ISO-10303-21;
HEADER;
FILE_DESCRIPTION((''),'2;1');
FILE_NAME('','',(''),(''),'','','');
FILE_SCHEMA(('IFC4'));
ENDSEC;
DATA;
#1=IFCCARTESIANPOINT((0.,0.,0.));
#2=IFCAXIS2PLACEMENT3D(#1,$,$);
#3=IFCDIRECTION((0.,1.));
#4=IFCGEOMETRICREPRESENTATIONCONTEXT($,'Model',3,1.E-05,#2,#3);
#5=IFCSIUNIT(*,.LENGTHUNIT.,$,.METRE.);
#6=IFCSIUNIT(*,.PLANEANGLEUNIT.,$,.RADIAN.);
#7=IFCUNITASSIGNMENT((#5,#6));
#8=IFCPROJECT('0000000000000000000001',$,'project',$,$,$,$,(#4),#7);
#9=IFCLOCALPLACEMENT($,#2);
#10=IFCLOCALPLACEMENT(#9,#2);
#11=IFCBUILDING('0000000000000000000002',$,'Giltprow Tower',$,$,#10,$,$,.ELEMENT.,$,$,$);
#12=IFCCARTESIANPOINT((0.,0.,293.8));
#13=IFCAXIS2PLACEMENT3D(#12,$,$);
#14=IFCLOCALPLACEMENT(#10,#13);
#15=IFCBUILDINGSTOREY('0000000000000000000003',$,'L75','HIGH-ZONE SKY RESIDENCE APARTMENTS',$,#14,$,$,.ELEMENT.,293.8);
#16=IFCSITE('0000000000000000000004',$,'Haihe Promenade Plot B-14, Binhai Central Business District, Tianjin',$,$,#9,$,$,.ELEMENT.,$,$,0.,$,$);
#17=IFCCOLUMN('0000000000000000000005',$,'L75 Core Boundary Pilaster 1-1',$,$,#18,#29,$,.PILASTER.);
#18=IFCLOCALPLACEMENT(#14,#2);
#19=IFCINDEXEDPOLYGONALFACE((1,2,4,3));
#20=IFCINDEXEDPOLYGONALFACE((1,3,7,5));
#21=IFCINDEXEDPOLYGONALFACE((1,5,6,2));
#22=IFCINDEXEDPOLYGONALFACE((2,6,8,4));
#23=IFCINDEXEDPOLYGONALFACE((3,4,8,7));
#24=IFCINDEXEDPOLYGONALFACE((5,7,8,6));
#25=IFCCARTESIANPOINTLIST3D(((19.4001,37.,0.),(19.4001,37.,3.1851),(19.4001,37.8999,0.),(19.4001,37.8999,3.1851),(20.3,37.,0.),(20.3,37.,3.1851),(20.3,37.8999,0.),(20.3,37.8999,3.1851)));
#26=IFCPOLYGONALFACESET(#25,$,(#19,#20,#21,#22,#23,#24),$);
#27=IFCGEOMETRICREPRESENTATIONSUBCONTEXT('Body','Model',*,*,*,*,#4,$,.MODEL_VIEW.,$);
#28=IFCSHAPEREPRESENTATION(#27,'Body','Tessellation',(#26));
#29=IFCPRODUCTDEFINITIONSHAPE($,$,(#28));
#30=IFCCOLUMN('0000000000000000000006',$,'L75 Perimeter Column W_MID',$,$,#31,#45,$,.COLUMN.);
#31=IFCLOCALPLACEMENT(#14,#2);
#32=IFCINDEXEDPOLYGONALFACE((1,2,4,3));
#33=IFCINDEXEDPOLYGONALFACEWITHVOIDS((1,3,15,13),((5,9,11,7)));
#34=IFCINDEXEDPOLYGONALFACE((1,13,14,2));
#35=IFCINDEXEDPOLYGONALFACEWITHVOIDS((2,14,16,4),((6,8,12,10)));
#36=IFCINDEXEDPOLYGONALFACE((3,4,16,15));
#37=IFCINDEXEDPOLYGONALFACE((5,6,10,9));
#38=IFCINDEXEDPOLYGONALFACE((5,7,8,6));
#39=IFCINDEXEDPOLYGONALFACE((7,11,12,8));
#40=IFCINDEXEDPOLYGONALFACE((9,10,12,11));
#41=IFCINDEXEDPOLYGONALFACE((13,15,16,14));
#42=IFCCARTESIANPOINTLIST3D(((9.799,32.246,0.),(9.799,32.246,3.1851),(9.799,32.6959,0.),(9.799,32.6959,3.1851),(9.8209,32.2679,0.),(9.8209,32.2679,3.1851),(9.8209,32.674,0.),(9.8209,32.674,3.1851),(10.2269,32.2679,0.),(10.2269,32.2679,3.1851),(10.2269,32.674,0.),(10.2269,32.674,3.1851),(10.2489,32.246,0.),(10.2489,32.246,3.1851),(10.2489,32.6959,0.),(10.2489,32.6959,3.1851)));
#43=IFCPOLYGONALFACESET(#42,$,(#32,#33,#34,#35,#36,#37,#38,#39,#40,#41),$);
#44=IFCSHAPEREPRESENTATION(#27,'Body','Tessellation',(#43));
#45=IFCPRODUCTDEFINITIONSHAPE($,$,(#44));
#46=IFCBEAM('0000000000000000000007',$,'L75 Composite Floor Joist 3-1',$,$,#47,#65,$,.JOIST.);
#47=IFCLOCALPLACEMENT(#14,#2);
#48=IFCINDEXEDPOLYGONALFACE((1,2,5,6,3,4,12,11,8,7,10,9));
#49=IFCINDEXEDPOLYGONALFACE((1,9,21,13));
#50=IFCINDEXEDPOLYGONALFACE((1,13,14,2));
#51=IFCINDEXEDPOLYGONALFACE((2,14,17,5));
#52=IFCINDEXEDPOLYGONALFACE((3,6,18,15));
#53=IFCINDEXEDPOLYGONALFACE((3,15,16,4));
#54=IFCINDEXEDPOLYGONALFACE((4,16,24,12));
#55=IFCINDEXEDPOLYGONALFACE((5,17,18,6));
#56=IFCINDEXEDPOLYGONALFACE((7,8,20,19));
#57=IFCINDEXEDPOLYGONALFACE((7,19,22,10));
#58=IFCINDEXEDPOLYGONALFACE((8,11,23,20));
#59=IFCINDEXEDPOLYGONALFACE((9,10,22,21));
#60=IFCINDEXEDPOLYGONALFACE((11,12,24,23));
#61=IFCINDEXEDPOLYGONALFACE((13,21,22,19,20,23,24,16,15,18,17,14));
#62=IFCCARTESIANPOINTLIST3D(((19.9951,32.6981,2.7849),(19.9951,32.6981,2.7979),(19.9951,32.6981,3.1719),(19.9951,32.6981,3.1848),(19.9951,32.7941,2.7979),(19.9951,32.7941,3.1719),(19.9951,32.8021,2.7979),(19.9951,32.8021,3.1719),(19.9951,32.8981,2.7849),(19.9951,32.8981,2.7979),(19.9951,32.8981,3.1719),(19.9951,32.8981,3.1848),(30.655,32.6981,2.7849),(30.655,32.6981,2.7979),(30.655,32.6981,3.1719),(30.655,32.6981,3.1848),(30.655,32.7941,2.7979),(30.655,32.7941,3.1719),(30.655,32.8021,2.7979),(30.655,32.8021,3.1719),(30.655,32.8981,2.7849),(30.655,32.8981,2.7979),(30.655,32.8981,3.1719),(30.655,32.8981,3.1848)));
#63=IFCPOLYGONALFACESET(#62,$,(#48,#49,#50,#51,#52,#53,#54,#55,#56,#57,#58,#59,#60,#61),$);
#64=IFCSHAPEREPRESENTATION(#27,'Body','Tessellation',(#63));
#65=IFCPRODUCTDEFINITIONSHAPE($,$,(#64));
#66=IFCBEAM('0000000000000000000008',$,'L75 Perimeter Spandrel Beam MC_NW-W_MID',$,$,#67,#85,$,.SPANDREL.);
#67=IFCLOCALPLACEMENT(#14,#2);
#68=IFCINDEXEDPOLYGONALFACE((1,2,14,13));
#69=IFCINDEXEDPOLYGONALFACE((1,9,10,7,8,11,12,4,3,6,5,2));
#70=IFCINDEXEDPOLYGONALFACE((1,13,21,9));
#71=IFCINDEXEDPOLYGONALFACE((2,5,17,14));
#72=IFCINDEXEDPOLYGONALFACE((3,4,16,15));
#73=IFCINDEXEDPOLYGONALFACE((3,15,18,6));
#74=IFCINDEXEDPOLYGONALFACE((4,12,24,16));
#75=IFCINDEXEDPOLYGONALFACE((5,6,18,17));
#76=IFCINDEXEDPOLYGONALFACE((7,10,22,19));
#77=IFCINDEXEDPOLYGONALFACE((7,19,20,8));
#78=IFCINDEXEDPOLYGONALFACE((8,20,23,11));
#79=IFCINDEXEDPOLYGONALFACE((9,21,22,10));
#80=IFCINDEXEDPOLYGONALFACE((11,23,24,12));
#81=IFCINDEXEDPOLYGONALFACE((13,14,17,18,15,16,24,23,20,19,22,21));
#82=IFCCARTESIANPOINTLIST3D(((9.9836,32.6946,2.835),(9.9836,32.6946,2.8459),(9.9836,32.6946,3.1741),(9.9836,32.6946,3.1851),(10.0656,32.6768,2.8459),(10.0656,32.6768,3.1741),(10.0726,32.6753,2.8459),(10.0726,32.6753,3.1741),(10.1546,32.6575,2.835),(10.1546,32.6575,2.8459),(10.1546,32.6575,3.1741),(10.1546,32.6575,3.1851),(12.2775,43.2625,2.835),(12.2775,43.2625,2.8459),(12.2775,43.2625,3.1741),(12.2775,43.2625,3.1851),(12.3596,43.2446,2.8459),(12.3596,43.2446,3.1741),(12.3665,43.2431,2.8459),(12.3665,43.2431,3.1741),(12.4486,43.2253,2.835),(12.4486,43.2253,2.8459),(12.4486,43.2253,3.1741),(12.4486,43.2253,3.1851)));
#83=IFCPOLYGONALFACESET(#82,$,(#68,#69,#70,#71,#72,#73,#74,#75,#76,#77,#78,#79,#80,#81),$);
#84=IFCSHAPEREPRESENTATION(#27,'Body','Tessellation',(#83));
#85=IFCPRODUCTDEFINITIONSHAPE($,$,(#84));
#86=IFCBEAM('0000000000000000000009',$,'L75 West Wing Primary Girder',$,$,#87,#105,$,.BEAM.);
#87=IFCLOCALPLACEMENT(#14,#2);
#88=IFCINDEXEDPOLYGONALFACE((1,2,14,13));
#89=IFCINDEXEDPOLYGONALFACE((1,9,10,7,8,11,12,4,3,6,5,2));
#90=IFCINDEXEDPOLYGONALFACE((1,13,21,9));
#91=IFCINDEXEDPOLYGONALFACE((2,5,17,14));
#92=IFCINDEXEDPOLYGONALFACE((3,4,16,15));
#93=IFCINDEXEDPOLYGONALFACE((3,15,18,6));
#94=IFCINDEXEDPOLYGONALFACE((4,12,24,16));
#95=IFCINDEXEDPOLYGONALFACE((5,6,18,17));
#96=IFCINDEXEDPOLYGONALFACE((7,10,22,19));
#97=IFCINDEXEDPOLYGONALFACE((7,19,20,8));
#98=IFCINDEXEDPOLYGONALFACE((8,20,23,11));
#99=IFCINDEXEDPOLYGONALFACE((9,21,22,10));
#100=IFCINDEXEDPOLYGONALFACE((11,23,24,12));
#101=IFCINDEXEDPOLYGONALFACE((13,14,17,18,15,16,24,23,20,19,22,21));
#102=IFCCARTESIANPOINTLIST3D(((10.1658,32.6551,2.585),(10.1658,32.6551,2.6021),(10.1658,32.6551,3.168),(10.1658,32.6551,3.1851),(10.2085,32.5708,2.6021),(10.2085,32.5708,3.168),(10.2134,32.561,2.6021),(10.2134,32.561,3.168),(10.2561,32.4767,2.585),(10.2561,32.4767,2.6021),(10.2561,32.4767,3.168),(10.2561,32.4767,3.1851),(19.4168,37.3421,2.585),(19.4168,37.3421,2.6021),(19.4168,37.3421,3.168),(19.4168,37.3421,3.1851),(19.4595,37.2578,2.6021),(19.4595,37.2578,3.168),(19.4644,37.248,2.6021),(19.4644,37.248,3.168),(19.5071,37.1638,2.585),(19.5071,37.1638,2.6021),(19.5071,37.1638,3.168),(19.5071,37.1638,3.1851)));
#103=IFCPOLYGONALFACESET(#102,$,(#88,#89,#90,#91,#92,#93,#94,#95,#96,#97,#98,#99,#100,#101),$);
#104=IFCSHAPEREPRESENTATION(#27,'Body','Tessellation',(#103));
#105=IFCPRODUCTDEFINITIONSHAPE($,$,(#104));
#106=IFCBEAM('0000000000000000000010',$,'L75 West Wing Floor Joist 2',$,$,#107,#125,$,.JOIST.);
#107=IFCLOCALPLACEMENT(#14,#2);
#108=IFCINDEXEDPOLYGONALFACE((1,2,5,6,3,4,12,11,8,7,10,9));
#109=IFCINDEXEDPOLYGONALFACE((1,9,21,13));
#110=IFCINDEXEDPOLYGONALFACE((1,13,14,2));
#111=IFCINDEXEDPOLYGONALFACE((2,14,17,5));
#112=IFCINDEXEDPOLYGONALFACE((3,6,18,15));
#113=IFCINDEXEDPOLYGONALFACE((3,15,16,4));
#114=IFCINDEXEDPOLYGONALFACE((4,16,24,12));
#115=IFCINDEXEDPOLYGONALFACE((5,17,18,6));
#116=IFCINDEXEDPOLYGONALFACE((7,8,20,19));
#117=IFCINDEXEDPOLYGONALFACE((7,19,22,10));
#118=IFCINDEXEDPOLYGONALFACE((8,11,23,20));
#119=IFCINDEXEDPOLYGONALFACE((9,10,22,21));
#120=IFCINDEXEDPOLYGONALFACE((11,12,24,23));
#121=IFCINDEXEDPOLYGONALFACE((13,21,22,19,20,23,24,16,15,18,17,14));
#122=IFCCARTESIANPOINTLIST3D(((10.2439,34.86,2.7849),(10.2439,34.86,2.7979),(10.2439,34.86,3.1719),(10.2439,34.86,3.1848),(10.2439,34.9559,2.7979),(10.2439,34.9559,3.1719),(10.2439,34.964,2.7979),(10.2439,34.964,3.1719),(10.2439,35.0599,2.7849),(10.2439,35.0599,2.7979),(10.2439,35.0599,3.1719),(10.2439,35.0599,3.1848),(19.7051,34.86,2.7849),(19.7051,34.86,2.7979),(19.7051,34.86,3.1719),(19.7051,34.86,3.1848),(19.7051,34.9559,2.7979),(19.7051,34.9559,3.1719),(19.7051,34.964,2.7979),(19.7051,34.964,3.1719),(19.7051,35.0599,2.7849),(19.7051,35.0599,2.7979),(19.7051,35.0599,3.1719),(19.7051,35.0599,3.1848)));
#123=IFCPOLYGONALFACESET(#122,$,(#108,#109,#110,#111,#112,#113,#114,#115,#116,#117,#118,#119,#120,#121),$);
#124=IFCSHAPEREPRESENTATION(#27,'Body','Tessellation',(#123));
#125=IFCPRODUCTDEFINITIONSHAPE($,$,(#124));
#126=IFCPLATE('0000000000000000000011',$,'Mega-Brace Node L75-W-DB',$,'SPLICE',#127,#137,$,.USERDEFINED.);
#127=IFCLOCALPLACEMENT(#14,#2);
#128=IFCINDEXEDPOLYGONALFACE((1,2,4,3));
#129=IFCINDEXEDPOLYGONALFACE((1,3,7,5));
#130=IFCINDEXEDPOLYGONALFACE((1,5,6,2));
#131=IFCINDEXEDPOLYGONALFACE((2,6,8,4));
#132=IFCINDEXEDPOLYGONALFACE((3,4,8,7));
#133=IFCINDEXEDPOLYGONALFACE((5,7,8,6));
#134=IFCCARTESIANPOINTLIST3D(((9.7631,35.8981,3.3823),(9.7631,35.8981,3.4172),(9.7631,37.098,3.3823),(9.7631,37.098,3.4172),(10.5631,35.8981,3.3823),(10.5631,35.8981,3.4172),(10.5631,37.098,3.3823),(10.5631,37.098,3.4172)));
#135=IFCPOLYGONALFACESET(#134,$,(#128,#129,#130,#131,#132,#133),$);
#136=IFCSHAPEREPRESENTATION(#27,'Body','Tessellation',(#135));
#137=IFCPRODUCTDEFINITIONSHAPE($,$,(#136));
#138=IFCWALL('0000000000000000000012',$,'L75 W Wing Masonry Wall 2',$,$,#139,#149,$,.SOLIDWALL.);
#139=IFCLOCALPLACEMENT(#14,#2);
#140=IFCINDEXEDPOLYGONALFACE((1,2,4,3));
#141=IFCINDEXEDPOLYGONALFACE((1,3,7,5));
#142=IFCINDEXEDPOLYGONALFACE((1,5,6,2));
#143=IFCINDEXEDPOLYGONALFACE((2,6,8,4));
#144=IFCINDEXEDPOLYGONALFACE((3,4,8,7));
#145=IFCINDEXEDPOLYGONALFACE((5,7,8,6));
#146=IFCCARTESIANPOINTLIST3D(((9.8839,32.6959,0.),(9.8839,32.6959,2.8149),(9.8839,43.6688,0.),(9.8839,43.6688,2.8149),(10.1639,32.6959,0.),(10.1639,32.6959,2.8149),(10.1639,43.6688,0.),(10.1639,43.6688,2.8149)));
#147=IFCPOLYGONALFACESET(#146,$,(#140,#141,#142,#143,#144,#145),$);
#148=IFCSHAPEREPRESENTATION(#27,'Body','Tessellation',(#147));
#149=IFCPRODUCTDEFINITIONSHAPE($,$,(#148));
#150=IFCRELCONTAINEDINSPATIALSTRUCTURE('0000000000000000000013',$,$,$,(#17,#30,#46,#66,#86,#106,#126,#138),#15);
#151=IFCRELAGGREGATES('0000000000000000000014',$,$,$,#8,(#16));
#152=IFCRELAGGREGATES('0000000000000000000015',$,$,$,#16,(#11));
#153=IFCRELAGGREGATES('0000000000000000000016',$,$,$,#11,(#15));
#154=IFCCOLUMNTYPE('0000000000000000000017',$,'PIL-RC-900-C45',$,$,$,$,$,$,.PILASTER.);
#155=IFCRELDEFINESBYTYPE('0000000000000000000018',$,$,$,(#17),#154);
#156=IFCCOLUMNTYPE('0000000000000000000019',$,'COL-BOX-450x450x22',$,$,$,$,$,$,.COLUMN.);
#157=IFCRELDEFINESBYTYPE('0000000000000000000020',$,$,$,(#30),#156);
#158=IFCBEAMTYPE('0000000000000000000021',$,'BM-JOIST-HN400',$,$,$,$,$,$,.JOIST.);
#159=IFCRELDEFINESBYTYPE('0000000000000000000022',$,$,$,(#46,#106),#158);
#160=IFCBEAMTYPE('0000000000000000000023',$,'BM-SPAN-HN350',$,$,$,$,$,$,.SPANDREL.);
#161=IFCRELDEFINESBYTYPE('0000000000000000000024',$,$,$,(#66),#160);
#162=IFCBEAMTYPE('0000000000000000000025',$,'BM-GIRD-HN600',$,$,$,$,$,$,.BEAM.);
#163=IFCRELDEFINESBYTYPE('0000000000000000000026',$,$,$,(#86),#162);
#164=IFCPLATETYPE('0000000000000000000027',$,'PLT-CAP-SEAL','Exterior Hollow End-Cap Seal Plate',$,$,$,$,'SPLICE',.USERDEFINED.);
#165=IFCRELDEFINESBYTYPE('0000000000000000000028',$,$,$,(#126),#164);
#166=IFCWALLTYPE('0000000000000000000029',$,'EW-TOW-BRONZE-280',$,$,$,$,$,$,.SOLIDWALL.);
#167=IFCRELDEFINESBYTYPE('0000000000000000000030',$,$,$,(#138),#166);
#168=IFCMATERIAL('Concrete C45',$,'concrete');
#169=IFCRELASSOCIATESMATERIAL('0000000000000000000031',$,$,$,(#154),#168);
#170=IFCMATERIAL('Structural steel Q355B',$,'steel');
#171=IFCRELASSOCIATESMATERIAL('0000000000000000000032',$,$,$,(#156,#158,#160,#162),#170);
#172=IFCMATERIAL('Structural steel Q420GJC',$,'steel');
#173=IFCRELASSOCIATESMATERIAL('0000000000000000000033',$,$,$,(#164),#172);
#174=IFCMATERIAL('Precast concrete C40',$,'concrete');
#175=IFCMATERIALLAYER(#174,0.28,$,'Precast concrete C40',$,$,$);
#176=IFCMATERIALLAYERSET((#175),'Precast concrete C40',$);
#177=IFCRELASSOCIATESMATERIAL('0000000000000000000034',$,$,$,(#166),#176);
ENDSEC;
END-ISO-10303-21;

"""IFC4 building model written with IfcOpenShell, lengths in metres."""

from ifc_helpers import new_model, si_unit, direction, frame, frame_2d, origin, origin_2d, place, context, subcontext, project, spatial, rectangle, hollow_rectangle, i_section, extrude, source, transform, mapped, material, layer, layer_set, material_profile, profile_set, type_object, element, save


model = new_model("IFC4")

# Units and contexts
model_context = context("Model", 3, precision=1e-05, world=origin(), true_north=direction((0.0, 1.0)))
body_context = subcontext(model_context, "Body", "Model", "MODEL_VIEW")
ifc_project = project(units=[si_unit("LENGTHUNIT", "METRE"), si_unit("PLANEANGLEUNIT", "RADIAN")], contexts=[model_context])

# Site, building, storey
site_placement = place(None, origin())
site = spatial("IfcSite", under=ifc_project, at=site_placement, Name="Haihe Promenade Plot B-14, Binhai Central Business District, Tianjin", CompositionType="ELEMENT", RefElevation=0.0)
building_placement = place(site_placement, origin())
building = spatial("IfcBuilding", under=site, at=building_placement, Name="Giltprow Tower", CompositionType="ELEMENT")
storey_placement = place(building_placement, frame((0.0, 0.0, 293.8)))
storey = spatial("IfcBuildingStorey", under=building, at=storey_placement, Name="L75", Description="HIGH-ZONE SKY RESIDENCE APARTMENTS", CompositionType="ELEMENT", Elevation=293.8)

# Columns
ifc_material_1 = material(Name="Concrete C45", Category="concrete")
ifc_material_profile_1 = material_profile(ifc_material_1, rectangle(XDim=0.8999, YDim=0.8999, at=origin_2d()), Name="RC 900x900")
ifc_profile_set_1 = profile_set([ifc_material_profile_1], Name="Concrete C45")
column_type_1 = type_object("IfcColumnType", Name="PIL-RC-900-C45", PredefinedType="PILASTER", material=ifc_profile_set_1)
shared_shape_1 = source(origin(), body_context, "Body", "SweptSolid", [
    extrude(rectangle(XDim=0.8999, YDim=0.8999, at=origin_2d()), origin(), (0.0, 0.0, 1.0), 3.1851),
])
column_1_placement = place(storey_placement, frame((19.8501, 37.45, 0.0), z_axis=(0.0, 0.0, 1.0), x_axis=(1.0, 0.0, 0.0)))
element("IfcColumn", 1, at=column_1_placement, inside=storey, type_object=column_type_1, Name="L75 Core Boundary Pilaster 1-1", PredefinedType="PILASTER", context=body_context, shape_type="MappedRepresentation", body=[
    mapped(shared_shape_1, transform((0.0, 0.0, 0.0), x_axis=(1.0, 0.0, 0.0), y_axis=(0.0, 1.0, 0.0), z_axis=(0.0, 0.0, 1.0), scale=1.0)),
])
ifc_material_2 = material(Name="Structural steel Q355B", Category="steel")
ifc_material_profile_2 = material_profile(ifc_material_2, hollow_rectangle(XDim=0.45, YDim=0.45, WallThickness=0.022, at=origin_2d()), Name="BOX 450x450x22")
ifc_profile_set_2 = profile_set([ifc_material_profile_2], Name="Structural steel Q355B")
column_type_2 = type_object("IfcColumnType", Name="COL-BOX-450x450x22", PredefinedType="COLUMN", material=ifc_profile_set_2)
shared_shape_2 = source(origin(), body_context, "Body", "SweptSolid", [
    extrude(hollow_rectangle(XDim=0.45, YDim=0.45, WallThickness=0.022, at=origin_2d()), origin(), (0.0, 0.0, 1.0), 3.1851),
])
column_2_placement = place(storey_placement, frame((10.0239, 32.4709, 0.0), z_axis=(0.0, 0.0, 1.0), x_axis=(1.0, 0.0, 0.0)))
element("IfcColumn", 2, at=column_2_placement, inside=storey, type_object=column_type_2, Name="L75 Perimeter Column W_MID", PredefinedType="COLUMN", context=body_context, shape_type="MappedRepresentation", body=[
    mapped(shared_shape_2, transform((0.0, 0.0, 0.0), x_axis=(1.0, 0.0, 0.0), y_axis=(0.0, 1.0, 0.0), z_axis=(0.0, 0.0, 1.0), scale=1.0)),
])

# Beams
ifc_material_profile_3 = material_profile(ifc_material_2, i_section(OverallWidth=0.2, OverallDepth=0.3999, WebThickness=0.0081, FlangeThickness=0.0129, at=origin_2d()), Name="HN 400x200x8x13")
ifc_profile_set_3 = profile_set([ifc_material_profile_3], Name="Structural steel Q355B")
beam_type_1 = type_object("IfcBeamType", Name="BM-JOIST-HN400", PredefinedType="JOIST", material=ifc_profile_set_3)
shared_shape_3 = source(origin(), body_context, "Body", "SweptSolid", [
    extrude(i_section(OverallWidth=0.2, OverallDepth=0.3999, WebThickness=0.0081, FlangeThickness=0.0129, at=origin_2d()), origin(), (0.0, 0.0, 1.0), 10.6599),
])
beam_1_placement = place(storey_placement, frame((19.9951, 32.7981, 2.9849), z_axis=(1.0, 0.0, 0.0), x_axis=(0.0, 1.0, 0.0)))
element("IfcBeam", 3, at=beam_1_placement, inside=storey, type_object=beam_type_1, Name="L75 Composite Floor Joist 3-1", PredefinedType="JOIST", context=body_context, shape_type="MappedRepresentation", body=[
    mapped(shared_shape_3, transform((0.0, 0.0, 0.0), x_axis=(1.0, 0.0, 0.0), y_axis=(0.0, 1.0, 0.0), z_axis=(0.0, 0.0, 1.0), scale=1.0)),
])
ifc_material_profile_4 = material_profile(ifc_material_2, i_section(OverallWidth=0.175, OverallDepth=0.3501, WebThickness=0.0071, FlangeThickness=0.011, at=origin_2d()), Name="HN 350x175x7x11")
ifc_profile_set_4 = profile_set([ifc_material_profile_4], Name="Structural steel Q355B")
beam_type_2 = type_object("IfcBeamType", Name="BM-SPAN-HN350", PredefinedType="SPANDREL", material=ifc_profile_set_4)
shared_shape_4 = source(origin(), body_context, "Body", "SweptSolid", [
    extrude(i_section(OverallWidth=0.175, OverallDepth=0.3501, WebThickness=0.0071, FlangeThickness=0.011, at=origin_2d()), origin(), (0.0, 0.0, 1.0), 10.814),
])
beam_2_placement = place(storey_placement, frame((12.363, 43.2439, 3.01), z_axis=(-0.212128, -0.977242, 0.0), x_axis=(0.977242, -0.212128, 0.0)))
element("IfcBeam", 4, at=beam_2_placement, inside=storey, type_object=beam_type_2, Name="L75 Perimeter Spandrel Beam MC_NW-W_MID", PredefinedType="SPANDREL", context=body_context, shape_type="MappedRepresentation", body=[
    mapped(shared_shape_4, transform((0.0, 0.0, 0.0), x_axis=(1.0, 0.0, 0.0), y_axis=(0.0, 1.0, 0.0), z_axis=(0.0, 0.0, 1.0), scale=1.0)),
])
ifc_material_profile_5 = material_profile(ifc_material_2, i_section(OverallWidth=0.2, OverallDepth=0.6001, WebThickness=0.011, FlangeThickness=0.0171, at=origin_2d()), Name="HN 600x200x11x17")
ifc_profile_set_5 = profile_set([ifc_material_profile_5], Name="Structural steel Q355B")
beam_type_3 = type_object("IfcBeamType", Name="BM-GIRD-HN600", PredefinedType="BEAM", material=ifc_profile_set_5)
shared_shape_5 = source(origin(), body_context, "Body", "SweptSolid", [
    extrude(i_section(OverallWidth=0.2, OverallDepth=0.6001, WebThickness=0.011, FlangeThickness=0.0171, at=origin_2d()), origin(), (0.0, 0.0, 1.0), 10.3706),
])
beam_3_placement = place(storey_placement, frame((10.2109, 32.5659, 2.885), z_axis=(0.892042, 0.451953, 0.0), x_axis=(-0.451953, 0.892042, 0.0)))
element("IfcBeam", 5, at=beam_3_placement, inside=storey, type_object=beam_type_3, Name="L75 West Wing Primary Girder", PredefinedType="BEAM", context=body_context, shape_type="MappedRepresentation", body=[
    mapped(shared_shape_5, transform((0.0, 0.0, 0.0), x_axis=(1.0, 0.0, 0.0), y_axis=(0.0, 1.0, 0.0), z_axis=(0.0, 0.0, 1.0), scale=1.0)),
])
shared_shape_6 = source(origin(), body_context, "Body", "SweptSolid", [
    extrude(i_section(OverallWidth=0.2, OverallDepth=0.3999, WebThickness=0.0081, FlangeThickness=0.0129, at=origin_2d()), origin(), (0.0, 0.0, 1.0), 9.4612),
])
beam_4_placement = place(storey_placement, frame((10.2439, 34.96, 2.9849), z_axis=(1.0, 0.0, 0.0), x_axis=(0.0, 1.0, 0.0)))
element("IfcBeam", 6, at=beam_4_placement, inside=storey, type_object=beam_type_1, Name="L75 West Wing Floor Joist 2", PredefinedType="JOIST", context=body_context, shape_type="MappedRepresentation", body=[
    mapped(shared_shape_6, transform((0.0, 0.0, 0.0), x_axis=(1.0, 0.0, 0.0), y_axis=(0.0, 1.0, 0.0), z_axis=(0.0, 0.0, 1.0), scale=1.0)),
])

# Plate
ifc_material_3 = material(Name="Structural steel Q420GJC", Category="steel")
plate_type = type_object("IfcPlateType", Name="PLT-CAP-SEAL", Description="Exterior Hollow End-Cap Seal Plate", ElementType="SPLICE", PredefinedType="USERDEFINED", material=ifc_material_3)
shared_shape_7 = source(origin(), body_context, "Body", "SweptSolid", [
    extrude(rectangle(XDim=1.2, YDim=0.8, at=origin_2d()), origin(), (0.0, 0.0, 1.0), 0.0349),
])
plate_placement = place(storey_placement, frame((10.1631, 36.498, 3.3823), z_axis=(0.0, 0.0, 1.0), x_axis=(0.0, 1.0, 0.0)))
element("IfcPlate", 7, at=plate_placement, inside=storey, type_object=plate_type, Name="Mega-Brace Node L75-W-DB", ObjectType="SPLICE", PredefinedType="USERDEFINED", context=body_context, shape_type="MappedRepresentation", body=[
    mapped(shared_shape_7, transform((0.0, 0.0, 0.0), x_axis=(1.0, 0.0, 0.0), y_axis=(0.0, 1.0, 0.0), z_axis=(0.0, 0.0, 1.0), scale=1.0)),
])

# Wall
ifc_material_4 = material(Name="Precast concrete C40", Category="concrete")
ifc_layer_1 = layer(ifc_material_4, 0.28, Name="Precast concrete C40")
ifc_layer_set_1 = layer_set([ifc_layer_1], Name="Precast concrete C40")
wall_type_1 = type_object("IfcWallType", Name="EW-TOW-BRONZE-280", PredefinedType="SOLIDWALL", material=ifc_layer_set_1)
wall_1_placement = place(storey_placement, frame((10.0239, 32.696, 0.0), z_axis=(0.0, 0.0, 1.0), x_axis=(0.0, 1.0, 0.0)))
element("IfcWall", 8, at=wall_1_placement, inside=storey, type_object=wall_type_1, Name="L75 W Wing Masonry Wall 2", PredefinedType="SOLIDWALL", context=body_context, shape_type="SweptSolid", body=[
    extrude(rectangle(XDim=10.9729, YDim=0.28, at=frame_2d((5.4863, 0.0))), origin(), (0.0, 0.0, 1.0), 2.8149),
])

save(model, "model.ifc")
